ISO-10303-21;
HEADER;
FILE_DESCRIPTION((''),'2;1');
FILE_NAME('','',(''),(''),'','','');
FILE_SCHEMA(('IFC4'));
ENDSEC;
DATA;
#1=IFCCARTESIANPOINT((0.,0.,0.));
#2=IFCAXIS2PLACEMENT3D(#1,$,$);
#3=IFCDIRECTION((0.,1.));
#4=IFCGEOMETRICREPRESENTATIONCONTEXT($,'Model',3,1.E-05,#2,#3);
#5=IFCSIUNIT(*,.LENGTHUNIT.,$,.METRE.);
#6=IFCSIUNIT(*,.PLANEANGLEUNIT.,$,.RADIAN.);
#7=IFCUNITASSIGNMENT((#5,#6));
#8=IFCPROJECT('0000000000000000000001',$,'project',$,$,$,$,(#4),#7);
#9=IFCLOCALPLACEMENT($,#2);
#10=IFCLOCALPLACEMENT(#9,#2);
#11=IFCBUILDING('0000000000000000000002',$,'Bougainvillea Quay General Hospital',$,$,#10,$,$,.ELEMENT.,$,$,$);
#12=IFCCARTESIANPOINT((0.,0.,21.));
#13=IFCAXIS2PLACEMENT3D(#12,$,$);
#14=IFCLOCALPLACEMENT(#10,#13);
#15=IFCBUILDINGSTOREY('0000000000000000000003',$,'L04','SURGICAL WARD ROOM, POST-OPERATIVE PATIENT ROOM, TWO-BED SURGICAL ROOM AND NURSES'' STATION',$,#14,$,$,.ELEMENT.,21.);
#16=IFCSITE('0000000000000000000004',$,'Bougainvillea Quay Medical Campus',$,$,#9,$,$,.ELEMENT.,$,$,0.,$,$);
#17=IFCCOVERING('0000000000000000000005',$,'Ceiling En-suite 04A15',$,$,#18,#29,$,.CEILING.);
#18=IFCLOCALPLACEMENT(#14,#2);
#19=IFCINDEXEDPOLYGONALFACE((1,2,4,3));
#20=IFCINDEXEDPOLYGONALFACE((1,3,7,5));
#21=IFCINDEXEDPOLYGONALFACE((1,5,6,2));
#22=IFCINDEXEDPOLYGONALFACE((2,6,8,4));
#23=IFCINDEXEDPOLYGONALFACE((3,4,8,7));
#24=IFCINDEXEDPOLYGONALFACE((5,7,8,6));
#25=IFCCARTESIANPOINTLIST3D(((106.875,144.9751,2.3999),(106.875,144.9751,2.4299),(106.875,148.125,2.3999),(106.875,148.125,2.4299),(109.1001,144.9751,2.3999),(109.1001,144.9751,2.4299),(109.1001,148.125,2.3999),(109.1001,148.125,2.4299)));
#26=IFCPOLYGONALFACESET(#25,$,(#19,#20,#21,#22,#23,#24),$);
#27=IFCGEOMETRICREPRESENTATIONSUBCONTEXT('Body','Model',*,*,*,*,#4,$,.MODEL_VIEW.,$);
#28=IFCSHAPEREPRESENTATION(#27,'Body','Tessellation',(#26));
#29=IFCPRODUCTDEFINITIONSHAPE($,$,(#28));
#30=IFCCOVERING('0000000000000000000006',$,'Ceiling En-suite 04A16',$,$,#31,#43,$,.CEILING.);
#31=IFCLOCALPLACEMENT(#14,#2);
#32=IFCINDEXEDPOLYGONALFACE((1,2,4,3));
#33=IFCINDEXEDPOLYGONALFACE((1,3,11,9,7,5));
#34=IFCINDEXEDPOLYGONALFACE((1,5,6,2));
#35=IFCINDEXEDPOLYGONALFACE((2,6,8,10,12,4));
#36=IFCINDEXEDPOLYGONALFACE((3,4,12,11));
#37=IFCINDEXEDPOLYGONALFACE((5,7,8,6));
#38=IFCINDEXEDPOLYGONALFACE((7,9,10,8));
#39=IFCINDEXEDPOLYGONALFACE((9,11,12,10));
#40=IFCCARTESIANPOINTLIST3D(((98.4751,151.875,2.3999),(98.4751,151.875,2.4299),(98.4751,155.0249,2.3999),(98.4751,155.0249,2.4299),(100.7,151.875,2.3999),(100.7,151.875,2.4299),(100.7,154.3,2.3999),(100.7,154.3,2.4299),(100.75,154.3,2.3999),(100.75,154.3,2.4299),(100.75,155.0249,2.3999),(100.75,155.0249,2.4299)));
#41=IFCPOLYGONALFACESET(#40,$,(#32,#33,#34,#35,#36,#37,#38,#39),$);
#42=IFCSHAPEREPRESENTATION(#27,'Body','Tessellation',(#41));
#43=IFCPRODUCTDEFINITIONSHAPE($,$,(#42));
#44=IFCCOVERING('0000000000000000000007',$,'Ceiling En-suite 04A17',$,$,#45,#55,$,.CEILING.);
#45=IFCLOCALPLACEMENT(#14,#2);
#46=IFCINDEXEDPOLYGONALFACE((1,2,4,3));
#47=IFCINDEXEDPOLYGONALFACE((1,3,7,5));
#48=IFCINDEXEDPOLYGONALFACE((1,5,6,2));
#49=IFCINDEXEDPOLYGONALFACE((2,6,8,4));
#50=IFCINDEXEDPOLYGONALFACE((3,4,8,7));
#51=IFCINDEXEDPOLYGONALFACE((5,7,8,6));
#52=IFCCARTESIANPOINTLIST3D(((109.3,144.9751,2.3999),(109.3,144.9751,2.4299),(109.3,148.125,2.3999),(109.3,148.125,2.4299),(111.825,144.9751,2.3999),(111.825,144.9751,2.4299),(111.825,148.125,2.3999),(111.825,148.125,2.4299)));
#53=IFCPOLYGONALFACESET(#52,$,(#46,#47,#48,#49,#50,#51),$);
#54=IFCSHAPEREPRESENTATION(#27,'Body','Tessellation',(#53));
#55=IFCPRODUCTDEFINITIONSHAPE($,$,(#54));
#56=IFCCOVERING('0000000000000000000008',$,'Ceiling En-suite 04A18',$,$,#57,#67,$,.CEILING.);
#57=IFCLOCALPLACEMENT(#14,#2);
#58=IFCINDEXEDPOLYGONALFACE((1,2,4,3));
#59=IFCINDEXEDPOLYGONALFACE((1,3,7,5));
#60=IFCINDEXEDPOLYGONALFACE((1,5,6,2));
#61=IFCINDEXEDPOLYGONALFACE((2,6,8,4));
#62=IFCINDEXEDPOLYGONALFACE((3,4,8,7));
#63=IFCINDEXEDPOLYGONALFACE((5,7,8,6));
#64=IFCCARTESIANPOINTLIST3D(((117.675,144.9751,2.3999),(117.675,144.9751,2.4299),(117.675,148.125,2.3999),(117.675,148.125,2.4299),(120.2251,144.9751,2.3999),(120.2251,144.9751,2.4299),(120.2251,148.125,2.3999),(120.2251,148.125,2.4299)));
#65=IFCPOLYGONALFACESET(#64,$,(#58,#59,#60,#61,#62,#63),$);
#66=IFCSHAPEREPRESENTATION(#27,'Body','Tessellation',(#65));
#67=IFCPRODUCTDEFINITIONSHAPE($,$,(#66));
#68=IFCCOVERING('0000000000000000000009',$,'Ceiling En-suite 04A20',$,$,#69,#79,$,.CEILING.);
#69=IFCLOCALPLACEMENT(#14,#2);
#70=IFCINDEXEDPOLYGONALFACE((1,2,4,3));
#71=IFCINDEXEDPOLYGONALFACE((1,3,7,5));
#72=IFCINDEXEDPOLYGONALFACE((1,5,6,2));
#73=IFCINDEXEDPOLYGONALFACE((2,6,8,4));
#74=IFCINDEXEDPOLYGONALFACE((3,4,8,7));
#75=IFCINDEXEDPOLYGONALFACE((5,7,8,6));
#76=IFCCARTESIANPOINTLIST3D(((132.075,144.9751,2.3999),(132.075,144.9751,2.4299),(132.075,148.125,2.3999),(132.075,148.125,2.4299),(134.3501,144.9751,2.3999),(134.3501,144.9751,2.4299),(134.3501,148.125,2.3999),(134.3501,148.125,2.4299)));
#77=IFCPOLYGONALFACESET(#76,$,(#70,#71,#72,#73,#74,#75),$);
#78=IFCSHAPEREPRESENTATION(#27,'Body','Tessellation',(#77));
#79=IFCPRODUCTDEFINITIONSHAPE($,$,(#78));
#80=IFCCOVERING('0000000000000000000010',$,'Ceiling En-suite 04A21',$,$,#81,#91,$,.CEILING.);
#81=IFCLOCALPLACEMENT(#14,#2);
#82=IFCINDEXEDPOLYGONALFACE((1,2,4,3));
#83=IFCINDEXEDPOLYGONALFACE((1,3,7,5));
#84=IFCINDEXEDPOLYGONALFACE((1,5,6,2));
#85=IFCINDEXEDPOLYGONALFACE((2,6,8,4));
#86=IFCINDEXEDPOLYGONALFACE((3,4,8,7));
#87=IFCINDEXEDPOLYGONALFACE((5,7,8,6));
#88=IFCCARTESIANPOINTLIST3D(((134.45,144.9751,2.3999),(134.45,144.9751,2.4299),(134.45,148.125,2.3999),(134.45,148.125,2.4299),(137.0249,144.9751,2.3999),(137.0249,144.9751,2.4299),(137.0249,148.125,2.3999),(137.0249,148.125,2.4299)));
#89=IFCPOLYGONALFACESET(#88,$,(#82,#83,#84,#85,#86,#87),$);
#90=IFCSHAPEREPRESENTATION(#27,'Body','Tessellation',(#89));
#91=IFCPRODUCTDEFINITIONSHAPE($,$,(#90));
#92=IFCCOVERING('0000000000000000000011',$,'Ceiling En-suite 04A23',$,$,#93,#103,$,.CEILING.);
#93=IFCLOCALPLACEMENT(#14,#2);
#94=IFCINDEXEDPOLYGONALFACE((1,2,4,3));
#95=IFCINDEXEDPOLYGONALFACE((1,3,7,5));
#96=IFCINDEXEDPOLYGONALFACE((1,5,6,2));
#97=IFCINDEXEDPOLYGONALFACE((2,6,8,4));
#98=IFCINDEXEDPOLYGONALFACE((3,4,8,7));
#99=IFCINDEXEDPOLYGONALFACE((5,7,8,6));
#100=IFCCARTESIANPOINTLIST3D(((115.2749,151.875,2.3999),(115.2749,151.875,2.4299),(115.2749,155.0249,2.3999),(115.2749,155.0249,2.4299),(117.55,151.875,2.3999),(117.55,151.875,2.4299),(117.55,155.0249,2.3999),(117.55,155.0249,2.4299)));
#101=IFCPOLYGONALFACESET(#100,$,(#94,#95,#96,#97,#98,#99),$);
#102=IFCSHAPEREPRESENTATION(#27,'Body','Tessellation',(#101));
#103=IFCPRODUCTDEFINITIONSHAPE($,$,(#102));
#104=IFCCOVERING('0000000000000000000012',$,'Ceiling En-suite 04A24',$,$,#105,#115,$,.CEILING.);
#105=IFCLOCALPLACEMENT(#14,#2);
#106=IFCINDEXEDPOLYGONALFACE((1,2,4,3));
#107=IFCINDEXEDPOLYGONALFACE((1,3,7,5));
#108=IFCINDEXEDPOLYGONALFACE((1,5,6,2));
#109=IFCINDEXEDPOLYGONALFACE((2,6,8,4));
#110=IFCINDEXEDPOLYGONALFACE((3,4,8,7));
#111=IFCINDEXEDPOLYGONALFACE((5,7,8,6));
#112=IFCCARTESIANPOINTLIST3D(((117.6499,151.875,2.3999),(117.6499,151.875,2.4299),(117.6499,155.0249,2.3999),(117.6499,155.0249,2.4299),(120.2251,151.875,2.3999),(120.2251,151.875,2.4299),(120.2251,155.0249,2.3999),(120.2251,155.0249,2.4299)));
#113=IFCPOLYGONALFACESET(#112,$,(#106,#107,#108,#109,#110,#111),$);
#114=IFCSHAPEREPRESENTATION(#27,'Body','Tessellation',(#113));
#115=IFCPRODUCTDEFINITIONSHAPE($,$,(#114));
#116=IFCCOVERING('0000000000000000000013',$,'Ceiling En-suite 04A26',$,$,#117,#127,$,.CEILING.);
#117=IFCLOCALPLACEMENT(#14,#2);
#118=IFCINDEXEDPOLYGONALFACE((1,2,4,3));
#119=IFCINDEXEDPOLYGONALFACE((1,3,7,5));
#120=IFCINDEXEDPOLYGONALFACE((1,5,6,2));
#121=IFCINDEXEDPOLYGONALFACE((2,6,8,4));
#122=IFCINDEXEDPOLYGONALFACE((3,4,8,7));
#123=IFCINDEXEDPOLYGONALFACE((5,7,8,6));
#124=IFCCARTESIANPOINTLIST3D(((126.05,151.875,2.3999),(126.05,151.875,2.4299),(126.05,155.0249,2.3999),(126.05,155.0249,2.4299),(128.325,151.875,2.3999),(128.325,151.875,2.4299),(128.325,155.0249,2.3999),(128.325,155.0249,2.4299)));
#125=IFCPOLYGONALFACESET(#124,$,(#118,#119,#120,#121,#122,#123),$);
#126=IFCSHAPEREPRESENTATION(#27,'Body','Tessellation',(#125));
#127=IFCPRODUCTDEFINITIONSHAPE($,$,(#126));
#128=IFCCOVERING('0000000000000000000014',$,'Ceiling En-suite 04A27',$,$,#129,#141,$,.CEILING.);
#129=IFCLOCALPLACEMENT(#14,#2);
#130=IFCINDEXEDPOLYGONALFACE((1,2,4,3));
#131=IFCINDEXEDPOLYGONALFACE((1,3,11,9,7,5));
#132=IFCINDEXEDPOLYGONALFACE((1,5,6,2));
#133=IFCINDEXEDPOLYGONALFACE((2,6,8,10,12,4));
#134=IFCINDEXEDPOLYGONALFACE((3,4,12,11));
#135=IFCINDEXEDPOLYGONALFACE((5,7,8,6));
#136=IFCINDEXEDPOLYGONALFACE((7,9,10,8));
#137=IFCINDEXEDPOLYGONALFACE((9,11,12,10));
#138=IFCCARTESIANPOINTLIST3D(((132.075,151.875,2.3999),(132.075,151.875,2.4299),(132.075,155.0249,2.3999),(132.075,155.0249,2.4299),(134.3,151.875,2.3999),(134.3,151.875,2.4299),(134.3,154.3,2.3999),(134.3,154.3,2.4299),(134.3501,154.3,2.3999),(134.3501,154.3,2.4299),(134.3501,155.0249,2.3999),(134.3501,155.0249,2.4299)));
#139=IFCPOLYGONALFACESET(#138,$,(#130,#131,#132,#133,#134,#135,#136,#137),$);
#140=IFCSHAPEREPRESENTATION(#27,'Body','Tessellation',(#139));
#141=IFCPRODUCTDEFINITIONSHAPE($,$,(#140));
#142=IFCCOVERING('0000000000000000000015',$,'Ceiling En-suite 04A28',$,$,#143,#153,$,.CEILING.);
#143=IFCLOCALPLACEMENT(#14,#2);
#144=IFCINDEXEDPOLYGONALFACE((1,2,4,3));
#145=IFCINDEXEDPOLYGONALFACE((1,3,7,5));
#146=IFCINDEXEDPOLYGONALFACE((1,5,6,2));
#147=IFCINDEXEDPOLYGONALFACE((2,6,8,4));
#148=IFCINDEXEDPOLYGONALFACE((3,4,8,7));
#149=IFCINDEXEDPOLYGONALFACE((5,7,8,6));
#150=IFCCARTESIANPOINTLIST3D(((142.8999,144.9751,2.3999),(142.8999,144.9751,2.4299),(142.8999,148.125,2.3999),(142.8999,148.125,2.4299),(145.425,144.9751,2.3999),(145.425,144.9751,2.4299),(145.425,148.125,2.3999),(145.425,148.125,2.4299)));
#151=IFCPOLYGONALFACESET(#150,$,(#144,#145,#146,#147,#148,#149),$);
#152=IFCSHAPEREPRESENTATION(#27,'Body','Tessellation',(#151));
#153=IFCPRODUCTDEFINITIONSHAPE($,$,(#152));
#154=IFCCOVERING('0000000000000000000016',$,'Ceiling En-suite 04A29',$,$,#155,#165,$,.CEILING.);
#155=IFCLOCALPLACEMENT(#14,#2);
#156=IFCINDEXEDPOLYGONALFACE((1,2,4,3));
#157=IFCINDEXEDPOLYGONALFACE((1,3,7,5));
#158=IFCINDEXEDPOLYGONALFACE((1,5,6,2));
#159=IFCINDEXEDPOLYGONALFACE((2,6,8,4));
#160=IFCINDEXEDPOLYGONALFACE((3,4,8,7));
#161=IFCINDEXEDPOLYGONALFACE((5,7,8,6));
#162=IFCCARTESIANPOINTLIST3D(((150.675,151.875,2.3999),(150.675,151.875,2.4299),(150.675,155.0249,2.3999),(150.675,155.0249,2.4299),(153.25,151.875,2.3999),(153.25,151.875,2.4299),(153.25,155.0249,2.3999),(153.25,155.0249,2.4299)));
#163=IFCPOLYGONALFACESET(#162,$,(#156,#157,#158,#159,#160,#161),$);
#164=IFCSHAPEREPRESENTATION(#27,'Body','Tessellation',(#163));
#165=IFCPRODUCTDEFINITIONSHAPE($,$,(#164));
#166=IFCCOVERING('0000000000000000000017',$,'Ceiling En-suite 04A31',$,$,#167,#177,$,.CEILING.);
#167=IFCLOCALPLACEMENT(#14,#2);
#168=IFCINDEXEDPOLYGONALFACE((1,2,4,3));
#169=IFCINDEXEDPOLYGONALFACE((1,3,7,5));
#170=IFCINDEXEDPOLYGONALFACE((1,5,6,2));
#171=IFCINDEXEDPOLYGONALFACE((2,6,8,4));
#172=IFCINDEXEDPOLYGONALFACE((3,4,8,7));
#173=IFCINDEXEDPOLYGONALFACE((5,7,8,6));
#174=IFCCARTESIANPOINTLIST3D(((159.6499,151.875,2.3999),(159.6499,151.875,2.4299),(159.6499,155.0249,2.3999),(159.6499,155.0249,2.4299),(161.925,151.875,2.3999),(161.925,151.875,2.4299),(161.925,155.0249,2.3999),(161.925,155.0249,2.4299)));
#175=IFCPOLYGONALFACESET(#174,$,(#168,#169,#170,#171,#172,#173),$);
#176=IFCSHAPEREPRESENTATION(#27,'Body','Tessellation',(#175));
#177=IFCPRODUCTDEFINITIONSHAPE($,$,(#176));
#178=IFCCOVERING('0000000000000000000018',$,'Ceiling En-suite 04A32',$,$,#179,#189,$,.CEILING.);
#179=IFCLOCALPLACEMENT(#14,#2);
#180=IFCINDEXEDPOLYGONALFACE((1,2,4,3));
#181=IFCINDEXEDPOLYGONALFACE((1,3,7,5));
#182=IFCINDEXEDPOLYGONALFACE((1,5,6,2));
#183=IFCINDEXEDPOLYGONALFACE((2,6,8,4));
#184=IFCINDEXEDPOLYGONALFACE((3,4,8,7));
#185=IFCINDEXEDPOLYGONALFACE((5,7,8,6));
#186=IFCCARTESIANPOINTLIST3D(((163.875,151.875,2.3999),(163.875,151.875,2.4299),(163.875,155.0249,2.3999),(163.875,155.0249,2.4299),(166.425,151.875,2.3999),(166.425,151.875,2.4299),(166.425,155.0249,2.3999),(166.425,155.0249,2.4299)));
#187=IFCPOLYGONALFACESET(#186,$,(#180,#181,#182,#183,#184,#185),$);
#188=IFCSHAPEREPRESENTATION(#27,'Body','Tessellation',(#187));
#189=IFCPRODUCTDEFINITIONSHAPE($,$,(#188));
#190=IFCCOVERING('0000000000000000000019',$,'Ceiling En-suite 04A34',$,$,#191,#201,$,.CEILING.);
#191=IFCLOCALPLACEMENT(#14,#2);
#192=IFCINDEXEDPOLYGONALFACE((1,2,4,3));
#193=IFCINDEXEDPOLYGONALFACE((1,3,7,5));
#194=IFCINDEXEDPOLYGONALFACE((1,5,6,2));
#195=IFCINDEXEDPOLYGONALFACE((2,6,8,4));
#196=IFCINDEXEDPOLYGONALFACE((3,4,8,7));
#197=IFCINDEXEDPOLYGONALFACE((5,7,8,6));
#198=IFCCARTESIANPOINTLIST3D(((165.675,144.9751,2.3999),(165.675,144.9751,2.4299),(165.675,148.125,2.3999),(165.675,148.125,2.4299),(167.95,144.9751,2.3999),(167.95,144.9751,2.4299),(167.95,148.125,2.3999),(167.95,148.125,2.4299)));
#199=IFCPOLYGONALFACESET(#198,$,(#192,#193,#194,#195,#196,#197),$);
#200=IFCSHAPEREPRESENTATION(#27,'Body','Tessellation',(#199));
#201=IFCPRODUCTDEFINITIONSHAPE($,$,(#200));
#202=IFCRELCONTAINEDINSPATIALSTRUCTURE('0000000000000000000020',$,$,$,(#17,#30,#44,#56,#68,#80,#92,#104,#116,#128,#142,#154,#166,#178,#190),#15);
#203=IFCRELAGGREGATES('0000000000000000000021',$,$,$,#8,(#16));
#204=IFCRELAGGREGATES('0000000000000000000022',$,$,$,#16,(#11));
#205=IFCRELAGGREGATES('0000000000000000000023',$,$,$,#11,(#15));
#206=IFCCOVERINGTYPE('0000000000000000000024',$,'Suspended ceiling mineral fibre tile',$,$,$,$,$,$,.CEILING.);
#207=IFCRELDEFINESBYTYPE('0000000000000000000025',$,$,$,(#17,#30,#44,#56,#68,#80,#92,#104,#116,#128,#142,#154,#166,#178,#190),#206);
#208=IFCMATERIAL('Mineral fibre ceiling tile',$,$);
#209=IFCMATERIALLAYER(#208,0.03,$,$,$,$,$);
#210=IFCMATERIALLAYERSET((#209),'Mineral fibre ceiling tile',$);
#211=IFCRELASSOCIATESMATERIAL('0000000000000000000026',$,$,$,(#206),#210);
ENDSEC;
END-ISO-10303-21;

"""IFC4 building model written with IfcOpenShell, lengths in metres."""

from ifc_helpers import new_model, si_unit, direction, frame, origin, place, context, subcontext, project, spatial, polyline, outline, extrude, material, layer, layer_set, type_object, element, save


model = new_model("IFC4")

# Units and contexts
model_context = context("Model", 3, precision=1e-05, world=origin(), true_north=direction((0.0, 1.0)))
body_context = subcontext(model_context, "Body", "Model", "MODEL_VIEW")
ifc_project = project(units=[si_unit("LENGTHUNIT", "METRE"), si_unit("PLANEANGLEUNIT", "RADIAN")], contexts=[model_context])

# Site, building, storey
site_placement = place(None, origin())
site = spatial("IfcSite", under=ifc_project, at=site_placement, Name="Bougainvillea Quay Medical Campus", CompositionType="ELEMENT", RefElevation=0.0)
building_placement = place(site_placement, origin())
building = spatial("IfcBuilding", under=site, at=building_placement, Name="Bougainvillea Quay General Hospital", CompositionType="ELEMENT")
storey_placement = place(building_placement, frame((0.0, 0.0, 21.0)))
storey = spatial("IfcBuildingStorey", under=building, at=storey_placement, Name="L04", Description="SURGICAL WARD ROOM, POST-OPERATIVE PATIENT ROOM, TWO-BED SURGICAL ROOM AND NURSES' STATION", CompositionType="ELEMENT", Elevation=21.0)

# Coverings
ifc_material = material(Name="Mineral fibre ceiling tile")
ifc_layer = layer(ifc_material, 0.03)
ifc_layer_set = layer_set([ifc_layer], Name="Mineral fibre ceiling tile")
covering_type = type_object("IfcCoveringType", Name="Suspended ceiling mineral fibre tile", PredefinedType="CEILING", material=ifc_layer_set)
covering_1_placement = place(storey_placement, frame((0.0, 0.0, 2.3999)))
element("IfcCovering", 1, at=covering_1_placement, inside=storey, type_object=covering_type, Name="Ceiling En-suite 04A15", PredefinedType="CEILING", context=body_context, shape_type="SweptSolid", body=[
    extrude(outline(polyline([(106.875, 144.9751), (109.1001, 144.9751), (109.1001, 148.125), (106.875, 148.125), (106.875, 144.9751)])), origin(), (0.0, 0.0, 1.0), 0.03),
])
covering_2_placement = place(storey_placement, frame((0.0, 0.0, 2.3999)))
element("IfcCovering", 2, at=covering_2_placement, inside=storey, type_object=covering_type, Name="Ceiling En-suite 04A16", PredefinedType="CEILING", context=body_context, shape_type="SweptSolid", body=[
    extrude(outline(polyline([(100.75, 154.3), (100.75, 155.0249), (98.4751, 155.0249), (98.4751, 151.875), (100.7, 151.875), (100.7, 154.3), (100.75, 154.3)])), origin(), (0.0, 0.0, 1.0), 0.03),
])
covering_3_placement = place(storey_placement, frame((0.0, 0.0, 2.3999)))
element("IfcCovering", 3, at=covering_3_placement, inside=storey, type_object=covering_type, Name="Ceiling En-suite 04A17", PredefinedType="CEILING", context=body_context, shape_type="SweptSolid", body=[
    extrude(outline(polyline([(109.3, 144.9751), (111.825, 144.9751), (111.825, 148.125), (109.3, 148.125), (109.3, 144.9751)])), origin(), (0.0, 0.0, 1.0), 0.03),
])
covering_4_placement = place(storey_placement, frame((0.0, 0.0, 2.3999)))
element("IfcCovering", 4, at=covering_4_placement, inside=storey, type_object=covering_type, Name="Ceiling En-suite 04A18", PredefinedType="CEILING", context=body_context, shape_type="SweptSolid", body=[
    extrude(outline(polyline([(120.2251, 144.9751), (120.2251, 148.125), (117.675, 148.125), (117.675, 144.9751), (120.2251, 144.9751)])), origin(), (0.0, 0.0, 1.0), 0.03),
])
covering_5_placement = place(storey_placement, frame((0.0, 0.0, 2.3999)))
element("IfcCovering", 5, at=covering_5_placement, inside=storey, type_object=covering_type, Name="Ceiling En-suite 04A20", PredefinedType="CEILING", context=body_context, shape_type="SweptSolid", body=[
    extrude(outline(polyline([(132.075, 144.9751), (134.3501, 144.9751), (134.3501, 148.125), (132.075, 148.125), (132.075, 144.9751)])), origin(), (0.0, 0.0, 1.0), 0.03),
])
covering_6_placement = place(storey_placement, frame((0.0, 0.0, 2.3999)))
element("IfcCovering", 6, at=covering_6_placement, inside=storey, type_object=covering_type, Name="Ceiling En-suite 04A21", PredefinedType="CEILING", context=body_context, shape_type="SweptSolid", body=[
    extrude(outline(polyline([(134.45, 144.9751), (137.0249, 144.9751), (137.0249, 148.125), (134.45, 148.125), (134.45, 144.9751)])), origin(), (0.0, 0.0, 1.0), 0.03),
])
covering_7_placement = place(storey_placement, frame((0.0, 0.0, 2.3999)))
element("IfcCovering", 7, at=covering_7_placement, inside=storey, type_object=covering_type, Name="Ceiling En-suite 04A23", PredefinedType="CEILING", context=body_context, shape_type="SweptSolid", body=[
    extrude(outline(polyline([(117.55, 155.0249), (115.2749, 155.0249), (115.2749, 151.875), (117.55, 151.875), (117.55, 155.0249)])), origin(), (0.0, 0.0, 1.0), 0.03),
])
covering_8_placement = place(storey_placement, frame((0.0, 0.0, 2.3999)))
element("IfcCovering", 8, at=covering_8_placement, inside=storey, type_object=covering_type, Name="Ceiling En-suite 04A24", PredefinedType="CEILING", context=body_context, shape_type="SweptSolid", body=[
    extrude(outline(polyline([(117.6499, 155.0249), (117.6499, 151.875), (120.2251, 151.875), (120.2251, 155.0249), (117.6499, 155.0249)])), origin(), (0.0, 0.0, 1.0), 0.03),
])
covering_9_placement = place(storey_placement, frame((0.0, 0.0, 2.3999)))
element("IfcCovering", 9, at=covering_9_placement, inside=storey, type_object=covering_type, Name="Ceiling En-suite 04A26", PredefinedType="CEILING", context=body_context, shape_type="SweptSolid", body=[
    extrude(outline(polyline([(128.325, 155.0249), (126.05, 155.0249), (126.05, 151.875), (128.325, 151.875), (128.325, 155.0249)])), origin(), (0.0, 0.0, 1.0), 0.03),
])
covering_10_placement = place(storey_placement, frame((0.0, 0.0, 2.3999)))
element("IfcCovering", 10, at=covering_10_placement, inside=storey, type_object=covering_type, Name="Ceiling En-suite 04A27", PredefinedType="CEILING", context=body_context, shape_type="SweptSolid", body=[
    extrude(outline(polyline([(132.075, 155.0249), (132.075, 151.875), (134.3, 151.875), (134.3, 154.3), (134.3501, 154.3), (134.3501, 155.0249), (132.075, 155.0249)])), origin(), (0.0, 0.0, 1.0), 0.03),
])
covering_11_placement = place(storey_placement, frame((0.0, 0.0, 2.3999)))
element("IfcCovering", 11, at=covering_11_placement, inside=storey, type_object=covering_type, Name="Ceiling En-suite 04A28", PredefinedType="CEILING", context=body_context, shape_type="SweptSolid", body=[
    extrude(outline(polyline([(142.8999, 144.9751), (145.425, 144.9751), (145.425, 148.125), (142.8999, 148.125), (142.8999, 144.9751)])), origin(), (0.0, 0.0, 1.0), 0.03),
])
covering_12_placement = place(storey_placement, frame((0.0, 0.0, 2.3999)))
element("IfcCovering", 12, at=covering_12_placement, inside=storey, type_object=covering_type, Name="Ceiling En-suite 04A29", PredefinedType="CEILING", context=body_context, shape_type="SweptSolid", body=[
    extrude(outline(polyline([(150.675, 151.875), (153.25, 151.875), (153.25, 155.0249), (150.675, 155.0249), (150.675, 151.875)])), origin(), (0.0, 0.0, 1.0), 0.03),
])
covering_13_placement = place(storey_placement, frame((0.0, 0.0, 2.3999)))
element("IfcCovering", 13, at=covering_13_placement, inside=storey, type_object=covering_type, Name="Ceiling En-suite 04A31", PredefinedType="CEILING", context=body_context, shape_type="SweptSolid", body=[
    extrude(outline(polyline([(159.6499, 151.875), (161.925, 151.875), (161.925, 155.0249), (159.6499, 155.0249), (159.6499, 151.875)])), origin(), (0.0, 0.0, 1.0), 0.03),
])
covering_14_placement = place(storey_placement, frame((0.0, 0.0, 2.3999)))
element("IfcCovering", 14, at=covering_14_placement, inside=storey, type_object=covering_type, Name="Ceiling En-suite 04A32", PredefinedType="CEILING", context=body_context, shape_type="SweptSolid", body=[
    extrude(outline(polyline([(166.425, 151.875), (166.425, 155.0249), (163.875, 155.0249), (163.875, 151.875), (166.425, 151.875)])), origin(), (0.0, 0.0, 1.0), 0.03),
])
covering_15_placement = place(storey_placement, frame((0.0, 0.0, 2.3999)))
element("IfcCovering", 15, at=covering_15_placement, inside=storey, type_object=covering_type, Name="Ceiling En-suite 04A34", PredefinedType="CEILING", context=body_context, shape_type="SweptSolid", body=[
    extrude(outline(polyline([(165.675, 148.125), (165.675, 144.9751), (167.95, 144.9751), (167.95, 148.125), (165.675, 148.125)])), origin(), (0.0, 0.0, 1.0), 0.03),
])

save(model, "model.ifc")
